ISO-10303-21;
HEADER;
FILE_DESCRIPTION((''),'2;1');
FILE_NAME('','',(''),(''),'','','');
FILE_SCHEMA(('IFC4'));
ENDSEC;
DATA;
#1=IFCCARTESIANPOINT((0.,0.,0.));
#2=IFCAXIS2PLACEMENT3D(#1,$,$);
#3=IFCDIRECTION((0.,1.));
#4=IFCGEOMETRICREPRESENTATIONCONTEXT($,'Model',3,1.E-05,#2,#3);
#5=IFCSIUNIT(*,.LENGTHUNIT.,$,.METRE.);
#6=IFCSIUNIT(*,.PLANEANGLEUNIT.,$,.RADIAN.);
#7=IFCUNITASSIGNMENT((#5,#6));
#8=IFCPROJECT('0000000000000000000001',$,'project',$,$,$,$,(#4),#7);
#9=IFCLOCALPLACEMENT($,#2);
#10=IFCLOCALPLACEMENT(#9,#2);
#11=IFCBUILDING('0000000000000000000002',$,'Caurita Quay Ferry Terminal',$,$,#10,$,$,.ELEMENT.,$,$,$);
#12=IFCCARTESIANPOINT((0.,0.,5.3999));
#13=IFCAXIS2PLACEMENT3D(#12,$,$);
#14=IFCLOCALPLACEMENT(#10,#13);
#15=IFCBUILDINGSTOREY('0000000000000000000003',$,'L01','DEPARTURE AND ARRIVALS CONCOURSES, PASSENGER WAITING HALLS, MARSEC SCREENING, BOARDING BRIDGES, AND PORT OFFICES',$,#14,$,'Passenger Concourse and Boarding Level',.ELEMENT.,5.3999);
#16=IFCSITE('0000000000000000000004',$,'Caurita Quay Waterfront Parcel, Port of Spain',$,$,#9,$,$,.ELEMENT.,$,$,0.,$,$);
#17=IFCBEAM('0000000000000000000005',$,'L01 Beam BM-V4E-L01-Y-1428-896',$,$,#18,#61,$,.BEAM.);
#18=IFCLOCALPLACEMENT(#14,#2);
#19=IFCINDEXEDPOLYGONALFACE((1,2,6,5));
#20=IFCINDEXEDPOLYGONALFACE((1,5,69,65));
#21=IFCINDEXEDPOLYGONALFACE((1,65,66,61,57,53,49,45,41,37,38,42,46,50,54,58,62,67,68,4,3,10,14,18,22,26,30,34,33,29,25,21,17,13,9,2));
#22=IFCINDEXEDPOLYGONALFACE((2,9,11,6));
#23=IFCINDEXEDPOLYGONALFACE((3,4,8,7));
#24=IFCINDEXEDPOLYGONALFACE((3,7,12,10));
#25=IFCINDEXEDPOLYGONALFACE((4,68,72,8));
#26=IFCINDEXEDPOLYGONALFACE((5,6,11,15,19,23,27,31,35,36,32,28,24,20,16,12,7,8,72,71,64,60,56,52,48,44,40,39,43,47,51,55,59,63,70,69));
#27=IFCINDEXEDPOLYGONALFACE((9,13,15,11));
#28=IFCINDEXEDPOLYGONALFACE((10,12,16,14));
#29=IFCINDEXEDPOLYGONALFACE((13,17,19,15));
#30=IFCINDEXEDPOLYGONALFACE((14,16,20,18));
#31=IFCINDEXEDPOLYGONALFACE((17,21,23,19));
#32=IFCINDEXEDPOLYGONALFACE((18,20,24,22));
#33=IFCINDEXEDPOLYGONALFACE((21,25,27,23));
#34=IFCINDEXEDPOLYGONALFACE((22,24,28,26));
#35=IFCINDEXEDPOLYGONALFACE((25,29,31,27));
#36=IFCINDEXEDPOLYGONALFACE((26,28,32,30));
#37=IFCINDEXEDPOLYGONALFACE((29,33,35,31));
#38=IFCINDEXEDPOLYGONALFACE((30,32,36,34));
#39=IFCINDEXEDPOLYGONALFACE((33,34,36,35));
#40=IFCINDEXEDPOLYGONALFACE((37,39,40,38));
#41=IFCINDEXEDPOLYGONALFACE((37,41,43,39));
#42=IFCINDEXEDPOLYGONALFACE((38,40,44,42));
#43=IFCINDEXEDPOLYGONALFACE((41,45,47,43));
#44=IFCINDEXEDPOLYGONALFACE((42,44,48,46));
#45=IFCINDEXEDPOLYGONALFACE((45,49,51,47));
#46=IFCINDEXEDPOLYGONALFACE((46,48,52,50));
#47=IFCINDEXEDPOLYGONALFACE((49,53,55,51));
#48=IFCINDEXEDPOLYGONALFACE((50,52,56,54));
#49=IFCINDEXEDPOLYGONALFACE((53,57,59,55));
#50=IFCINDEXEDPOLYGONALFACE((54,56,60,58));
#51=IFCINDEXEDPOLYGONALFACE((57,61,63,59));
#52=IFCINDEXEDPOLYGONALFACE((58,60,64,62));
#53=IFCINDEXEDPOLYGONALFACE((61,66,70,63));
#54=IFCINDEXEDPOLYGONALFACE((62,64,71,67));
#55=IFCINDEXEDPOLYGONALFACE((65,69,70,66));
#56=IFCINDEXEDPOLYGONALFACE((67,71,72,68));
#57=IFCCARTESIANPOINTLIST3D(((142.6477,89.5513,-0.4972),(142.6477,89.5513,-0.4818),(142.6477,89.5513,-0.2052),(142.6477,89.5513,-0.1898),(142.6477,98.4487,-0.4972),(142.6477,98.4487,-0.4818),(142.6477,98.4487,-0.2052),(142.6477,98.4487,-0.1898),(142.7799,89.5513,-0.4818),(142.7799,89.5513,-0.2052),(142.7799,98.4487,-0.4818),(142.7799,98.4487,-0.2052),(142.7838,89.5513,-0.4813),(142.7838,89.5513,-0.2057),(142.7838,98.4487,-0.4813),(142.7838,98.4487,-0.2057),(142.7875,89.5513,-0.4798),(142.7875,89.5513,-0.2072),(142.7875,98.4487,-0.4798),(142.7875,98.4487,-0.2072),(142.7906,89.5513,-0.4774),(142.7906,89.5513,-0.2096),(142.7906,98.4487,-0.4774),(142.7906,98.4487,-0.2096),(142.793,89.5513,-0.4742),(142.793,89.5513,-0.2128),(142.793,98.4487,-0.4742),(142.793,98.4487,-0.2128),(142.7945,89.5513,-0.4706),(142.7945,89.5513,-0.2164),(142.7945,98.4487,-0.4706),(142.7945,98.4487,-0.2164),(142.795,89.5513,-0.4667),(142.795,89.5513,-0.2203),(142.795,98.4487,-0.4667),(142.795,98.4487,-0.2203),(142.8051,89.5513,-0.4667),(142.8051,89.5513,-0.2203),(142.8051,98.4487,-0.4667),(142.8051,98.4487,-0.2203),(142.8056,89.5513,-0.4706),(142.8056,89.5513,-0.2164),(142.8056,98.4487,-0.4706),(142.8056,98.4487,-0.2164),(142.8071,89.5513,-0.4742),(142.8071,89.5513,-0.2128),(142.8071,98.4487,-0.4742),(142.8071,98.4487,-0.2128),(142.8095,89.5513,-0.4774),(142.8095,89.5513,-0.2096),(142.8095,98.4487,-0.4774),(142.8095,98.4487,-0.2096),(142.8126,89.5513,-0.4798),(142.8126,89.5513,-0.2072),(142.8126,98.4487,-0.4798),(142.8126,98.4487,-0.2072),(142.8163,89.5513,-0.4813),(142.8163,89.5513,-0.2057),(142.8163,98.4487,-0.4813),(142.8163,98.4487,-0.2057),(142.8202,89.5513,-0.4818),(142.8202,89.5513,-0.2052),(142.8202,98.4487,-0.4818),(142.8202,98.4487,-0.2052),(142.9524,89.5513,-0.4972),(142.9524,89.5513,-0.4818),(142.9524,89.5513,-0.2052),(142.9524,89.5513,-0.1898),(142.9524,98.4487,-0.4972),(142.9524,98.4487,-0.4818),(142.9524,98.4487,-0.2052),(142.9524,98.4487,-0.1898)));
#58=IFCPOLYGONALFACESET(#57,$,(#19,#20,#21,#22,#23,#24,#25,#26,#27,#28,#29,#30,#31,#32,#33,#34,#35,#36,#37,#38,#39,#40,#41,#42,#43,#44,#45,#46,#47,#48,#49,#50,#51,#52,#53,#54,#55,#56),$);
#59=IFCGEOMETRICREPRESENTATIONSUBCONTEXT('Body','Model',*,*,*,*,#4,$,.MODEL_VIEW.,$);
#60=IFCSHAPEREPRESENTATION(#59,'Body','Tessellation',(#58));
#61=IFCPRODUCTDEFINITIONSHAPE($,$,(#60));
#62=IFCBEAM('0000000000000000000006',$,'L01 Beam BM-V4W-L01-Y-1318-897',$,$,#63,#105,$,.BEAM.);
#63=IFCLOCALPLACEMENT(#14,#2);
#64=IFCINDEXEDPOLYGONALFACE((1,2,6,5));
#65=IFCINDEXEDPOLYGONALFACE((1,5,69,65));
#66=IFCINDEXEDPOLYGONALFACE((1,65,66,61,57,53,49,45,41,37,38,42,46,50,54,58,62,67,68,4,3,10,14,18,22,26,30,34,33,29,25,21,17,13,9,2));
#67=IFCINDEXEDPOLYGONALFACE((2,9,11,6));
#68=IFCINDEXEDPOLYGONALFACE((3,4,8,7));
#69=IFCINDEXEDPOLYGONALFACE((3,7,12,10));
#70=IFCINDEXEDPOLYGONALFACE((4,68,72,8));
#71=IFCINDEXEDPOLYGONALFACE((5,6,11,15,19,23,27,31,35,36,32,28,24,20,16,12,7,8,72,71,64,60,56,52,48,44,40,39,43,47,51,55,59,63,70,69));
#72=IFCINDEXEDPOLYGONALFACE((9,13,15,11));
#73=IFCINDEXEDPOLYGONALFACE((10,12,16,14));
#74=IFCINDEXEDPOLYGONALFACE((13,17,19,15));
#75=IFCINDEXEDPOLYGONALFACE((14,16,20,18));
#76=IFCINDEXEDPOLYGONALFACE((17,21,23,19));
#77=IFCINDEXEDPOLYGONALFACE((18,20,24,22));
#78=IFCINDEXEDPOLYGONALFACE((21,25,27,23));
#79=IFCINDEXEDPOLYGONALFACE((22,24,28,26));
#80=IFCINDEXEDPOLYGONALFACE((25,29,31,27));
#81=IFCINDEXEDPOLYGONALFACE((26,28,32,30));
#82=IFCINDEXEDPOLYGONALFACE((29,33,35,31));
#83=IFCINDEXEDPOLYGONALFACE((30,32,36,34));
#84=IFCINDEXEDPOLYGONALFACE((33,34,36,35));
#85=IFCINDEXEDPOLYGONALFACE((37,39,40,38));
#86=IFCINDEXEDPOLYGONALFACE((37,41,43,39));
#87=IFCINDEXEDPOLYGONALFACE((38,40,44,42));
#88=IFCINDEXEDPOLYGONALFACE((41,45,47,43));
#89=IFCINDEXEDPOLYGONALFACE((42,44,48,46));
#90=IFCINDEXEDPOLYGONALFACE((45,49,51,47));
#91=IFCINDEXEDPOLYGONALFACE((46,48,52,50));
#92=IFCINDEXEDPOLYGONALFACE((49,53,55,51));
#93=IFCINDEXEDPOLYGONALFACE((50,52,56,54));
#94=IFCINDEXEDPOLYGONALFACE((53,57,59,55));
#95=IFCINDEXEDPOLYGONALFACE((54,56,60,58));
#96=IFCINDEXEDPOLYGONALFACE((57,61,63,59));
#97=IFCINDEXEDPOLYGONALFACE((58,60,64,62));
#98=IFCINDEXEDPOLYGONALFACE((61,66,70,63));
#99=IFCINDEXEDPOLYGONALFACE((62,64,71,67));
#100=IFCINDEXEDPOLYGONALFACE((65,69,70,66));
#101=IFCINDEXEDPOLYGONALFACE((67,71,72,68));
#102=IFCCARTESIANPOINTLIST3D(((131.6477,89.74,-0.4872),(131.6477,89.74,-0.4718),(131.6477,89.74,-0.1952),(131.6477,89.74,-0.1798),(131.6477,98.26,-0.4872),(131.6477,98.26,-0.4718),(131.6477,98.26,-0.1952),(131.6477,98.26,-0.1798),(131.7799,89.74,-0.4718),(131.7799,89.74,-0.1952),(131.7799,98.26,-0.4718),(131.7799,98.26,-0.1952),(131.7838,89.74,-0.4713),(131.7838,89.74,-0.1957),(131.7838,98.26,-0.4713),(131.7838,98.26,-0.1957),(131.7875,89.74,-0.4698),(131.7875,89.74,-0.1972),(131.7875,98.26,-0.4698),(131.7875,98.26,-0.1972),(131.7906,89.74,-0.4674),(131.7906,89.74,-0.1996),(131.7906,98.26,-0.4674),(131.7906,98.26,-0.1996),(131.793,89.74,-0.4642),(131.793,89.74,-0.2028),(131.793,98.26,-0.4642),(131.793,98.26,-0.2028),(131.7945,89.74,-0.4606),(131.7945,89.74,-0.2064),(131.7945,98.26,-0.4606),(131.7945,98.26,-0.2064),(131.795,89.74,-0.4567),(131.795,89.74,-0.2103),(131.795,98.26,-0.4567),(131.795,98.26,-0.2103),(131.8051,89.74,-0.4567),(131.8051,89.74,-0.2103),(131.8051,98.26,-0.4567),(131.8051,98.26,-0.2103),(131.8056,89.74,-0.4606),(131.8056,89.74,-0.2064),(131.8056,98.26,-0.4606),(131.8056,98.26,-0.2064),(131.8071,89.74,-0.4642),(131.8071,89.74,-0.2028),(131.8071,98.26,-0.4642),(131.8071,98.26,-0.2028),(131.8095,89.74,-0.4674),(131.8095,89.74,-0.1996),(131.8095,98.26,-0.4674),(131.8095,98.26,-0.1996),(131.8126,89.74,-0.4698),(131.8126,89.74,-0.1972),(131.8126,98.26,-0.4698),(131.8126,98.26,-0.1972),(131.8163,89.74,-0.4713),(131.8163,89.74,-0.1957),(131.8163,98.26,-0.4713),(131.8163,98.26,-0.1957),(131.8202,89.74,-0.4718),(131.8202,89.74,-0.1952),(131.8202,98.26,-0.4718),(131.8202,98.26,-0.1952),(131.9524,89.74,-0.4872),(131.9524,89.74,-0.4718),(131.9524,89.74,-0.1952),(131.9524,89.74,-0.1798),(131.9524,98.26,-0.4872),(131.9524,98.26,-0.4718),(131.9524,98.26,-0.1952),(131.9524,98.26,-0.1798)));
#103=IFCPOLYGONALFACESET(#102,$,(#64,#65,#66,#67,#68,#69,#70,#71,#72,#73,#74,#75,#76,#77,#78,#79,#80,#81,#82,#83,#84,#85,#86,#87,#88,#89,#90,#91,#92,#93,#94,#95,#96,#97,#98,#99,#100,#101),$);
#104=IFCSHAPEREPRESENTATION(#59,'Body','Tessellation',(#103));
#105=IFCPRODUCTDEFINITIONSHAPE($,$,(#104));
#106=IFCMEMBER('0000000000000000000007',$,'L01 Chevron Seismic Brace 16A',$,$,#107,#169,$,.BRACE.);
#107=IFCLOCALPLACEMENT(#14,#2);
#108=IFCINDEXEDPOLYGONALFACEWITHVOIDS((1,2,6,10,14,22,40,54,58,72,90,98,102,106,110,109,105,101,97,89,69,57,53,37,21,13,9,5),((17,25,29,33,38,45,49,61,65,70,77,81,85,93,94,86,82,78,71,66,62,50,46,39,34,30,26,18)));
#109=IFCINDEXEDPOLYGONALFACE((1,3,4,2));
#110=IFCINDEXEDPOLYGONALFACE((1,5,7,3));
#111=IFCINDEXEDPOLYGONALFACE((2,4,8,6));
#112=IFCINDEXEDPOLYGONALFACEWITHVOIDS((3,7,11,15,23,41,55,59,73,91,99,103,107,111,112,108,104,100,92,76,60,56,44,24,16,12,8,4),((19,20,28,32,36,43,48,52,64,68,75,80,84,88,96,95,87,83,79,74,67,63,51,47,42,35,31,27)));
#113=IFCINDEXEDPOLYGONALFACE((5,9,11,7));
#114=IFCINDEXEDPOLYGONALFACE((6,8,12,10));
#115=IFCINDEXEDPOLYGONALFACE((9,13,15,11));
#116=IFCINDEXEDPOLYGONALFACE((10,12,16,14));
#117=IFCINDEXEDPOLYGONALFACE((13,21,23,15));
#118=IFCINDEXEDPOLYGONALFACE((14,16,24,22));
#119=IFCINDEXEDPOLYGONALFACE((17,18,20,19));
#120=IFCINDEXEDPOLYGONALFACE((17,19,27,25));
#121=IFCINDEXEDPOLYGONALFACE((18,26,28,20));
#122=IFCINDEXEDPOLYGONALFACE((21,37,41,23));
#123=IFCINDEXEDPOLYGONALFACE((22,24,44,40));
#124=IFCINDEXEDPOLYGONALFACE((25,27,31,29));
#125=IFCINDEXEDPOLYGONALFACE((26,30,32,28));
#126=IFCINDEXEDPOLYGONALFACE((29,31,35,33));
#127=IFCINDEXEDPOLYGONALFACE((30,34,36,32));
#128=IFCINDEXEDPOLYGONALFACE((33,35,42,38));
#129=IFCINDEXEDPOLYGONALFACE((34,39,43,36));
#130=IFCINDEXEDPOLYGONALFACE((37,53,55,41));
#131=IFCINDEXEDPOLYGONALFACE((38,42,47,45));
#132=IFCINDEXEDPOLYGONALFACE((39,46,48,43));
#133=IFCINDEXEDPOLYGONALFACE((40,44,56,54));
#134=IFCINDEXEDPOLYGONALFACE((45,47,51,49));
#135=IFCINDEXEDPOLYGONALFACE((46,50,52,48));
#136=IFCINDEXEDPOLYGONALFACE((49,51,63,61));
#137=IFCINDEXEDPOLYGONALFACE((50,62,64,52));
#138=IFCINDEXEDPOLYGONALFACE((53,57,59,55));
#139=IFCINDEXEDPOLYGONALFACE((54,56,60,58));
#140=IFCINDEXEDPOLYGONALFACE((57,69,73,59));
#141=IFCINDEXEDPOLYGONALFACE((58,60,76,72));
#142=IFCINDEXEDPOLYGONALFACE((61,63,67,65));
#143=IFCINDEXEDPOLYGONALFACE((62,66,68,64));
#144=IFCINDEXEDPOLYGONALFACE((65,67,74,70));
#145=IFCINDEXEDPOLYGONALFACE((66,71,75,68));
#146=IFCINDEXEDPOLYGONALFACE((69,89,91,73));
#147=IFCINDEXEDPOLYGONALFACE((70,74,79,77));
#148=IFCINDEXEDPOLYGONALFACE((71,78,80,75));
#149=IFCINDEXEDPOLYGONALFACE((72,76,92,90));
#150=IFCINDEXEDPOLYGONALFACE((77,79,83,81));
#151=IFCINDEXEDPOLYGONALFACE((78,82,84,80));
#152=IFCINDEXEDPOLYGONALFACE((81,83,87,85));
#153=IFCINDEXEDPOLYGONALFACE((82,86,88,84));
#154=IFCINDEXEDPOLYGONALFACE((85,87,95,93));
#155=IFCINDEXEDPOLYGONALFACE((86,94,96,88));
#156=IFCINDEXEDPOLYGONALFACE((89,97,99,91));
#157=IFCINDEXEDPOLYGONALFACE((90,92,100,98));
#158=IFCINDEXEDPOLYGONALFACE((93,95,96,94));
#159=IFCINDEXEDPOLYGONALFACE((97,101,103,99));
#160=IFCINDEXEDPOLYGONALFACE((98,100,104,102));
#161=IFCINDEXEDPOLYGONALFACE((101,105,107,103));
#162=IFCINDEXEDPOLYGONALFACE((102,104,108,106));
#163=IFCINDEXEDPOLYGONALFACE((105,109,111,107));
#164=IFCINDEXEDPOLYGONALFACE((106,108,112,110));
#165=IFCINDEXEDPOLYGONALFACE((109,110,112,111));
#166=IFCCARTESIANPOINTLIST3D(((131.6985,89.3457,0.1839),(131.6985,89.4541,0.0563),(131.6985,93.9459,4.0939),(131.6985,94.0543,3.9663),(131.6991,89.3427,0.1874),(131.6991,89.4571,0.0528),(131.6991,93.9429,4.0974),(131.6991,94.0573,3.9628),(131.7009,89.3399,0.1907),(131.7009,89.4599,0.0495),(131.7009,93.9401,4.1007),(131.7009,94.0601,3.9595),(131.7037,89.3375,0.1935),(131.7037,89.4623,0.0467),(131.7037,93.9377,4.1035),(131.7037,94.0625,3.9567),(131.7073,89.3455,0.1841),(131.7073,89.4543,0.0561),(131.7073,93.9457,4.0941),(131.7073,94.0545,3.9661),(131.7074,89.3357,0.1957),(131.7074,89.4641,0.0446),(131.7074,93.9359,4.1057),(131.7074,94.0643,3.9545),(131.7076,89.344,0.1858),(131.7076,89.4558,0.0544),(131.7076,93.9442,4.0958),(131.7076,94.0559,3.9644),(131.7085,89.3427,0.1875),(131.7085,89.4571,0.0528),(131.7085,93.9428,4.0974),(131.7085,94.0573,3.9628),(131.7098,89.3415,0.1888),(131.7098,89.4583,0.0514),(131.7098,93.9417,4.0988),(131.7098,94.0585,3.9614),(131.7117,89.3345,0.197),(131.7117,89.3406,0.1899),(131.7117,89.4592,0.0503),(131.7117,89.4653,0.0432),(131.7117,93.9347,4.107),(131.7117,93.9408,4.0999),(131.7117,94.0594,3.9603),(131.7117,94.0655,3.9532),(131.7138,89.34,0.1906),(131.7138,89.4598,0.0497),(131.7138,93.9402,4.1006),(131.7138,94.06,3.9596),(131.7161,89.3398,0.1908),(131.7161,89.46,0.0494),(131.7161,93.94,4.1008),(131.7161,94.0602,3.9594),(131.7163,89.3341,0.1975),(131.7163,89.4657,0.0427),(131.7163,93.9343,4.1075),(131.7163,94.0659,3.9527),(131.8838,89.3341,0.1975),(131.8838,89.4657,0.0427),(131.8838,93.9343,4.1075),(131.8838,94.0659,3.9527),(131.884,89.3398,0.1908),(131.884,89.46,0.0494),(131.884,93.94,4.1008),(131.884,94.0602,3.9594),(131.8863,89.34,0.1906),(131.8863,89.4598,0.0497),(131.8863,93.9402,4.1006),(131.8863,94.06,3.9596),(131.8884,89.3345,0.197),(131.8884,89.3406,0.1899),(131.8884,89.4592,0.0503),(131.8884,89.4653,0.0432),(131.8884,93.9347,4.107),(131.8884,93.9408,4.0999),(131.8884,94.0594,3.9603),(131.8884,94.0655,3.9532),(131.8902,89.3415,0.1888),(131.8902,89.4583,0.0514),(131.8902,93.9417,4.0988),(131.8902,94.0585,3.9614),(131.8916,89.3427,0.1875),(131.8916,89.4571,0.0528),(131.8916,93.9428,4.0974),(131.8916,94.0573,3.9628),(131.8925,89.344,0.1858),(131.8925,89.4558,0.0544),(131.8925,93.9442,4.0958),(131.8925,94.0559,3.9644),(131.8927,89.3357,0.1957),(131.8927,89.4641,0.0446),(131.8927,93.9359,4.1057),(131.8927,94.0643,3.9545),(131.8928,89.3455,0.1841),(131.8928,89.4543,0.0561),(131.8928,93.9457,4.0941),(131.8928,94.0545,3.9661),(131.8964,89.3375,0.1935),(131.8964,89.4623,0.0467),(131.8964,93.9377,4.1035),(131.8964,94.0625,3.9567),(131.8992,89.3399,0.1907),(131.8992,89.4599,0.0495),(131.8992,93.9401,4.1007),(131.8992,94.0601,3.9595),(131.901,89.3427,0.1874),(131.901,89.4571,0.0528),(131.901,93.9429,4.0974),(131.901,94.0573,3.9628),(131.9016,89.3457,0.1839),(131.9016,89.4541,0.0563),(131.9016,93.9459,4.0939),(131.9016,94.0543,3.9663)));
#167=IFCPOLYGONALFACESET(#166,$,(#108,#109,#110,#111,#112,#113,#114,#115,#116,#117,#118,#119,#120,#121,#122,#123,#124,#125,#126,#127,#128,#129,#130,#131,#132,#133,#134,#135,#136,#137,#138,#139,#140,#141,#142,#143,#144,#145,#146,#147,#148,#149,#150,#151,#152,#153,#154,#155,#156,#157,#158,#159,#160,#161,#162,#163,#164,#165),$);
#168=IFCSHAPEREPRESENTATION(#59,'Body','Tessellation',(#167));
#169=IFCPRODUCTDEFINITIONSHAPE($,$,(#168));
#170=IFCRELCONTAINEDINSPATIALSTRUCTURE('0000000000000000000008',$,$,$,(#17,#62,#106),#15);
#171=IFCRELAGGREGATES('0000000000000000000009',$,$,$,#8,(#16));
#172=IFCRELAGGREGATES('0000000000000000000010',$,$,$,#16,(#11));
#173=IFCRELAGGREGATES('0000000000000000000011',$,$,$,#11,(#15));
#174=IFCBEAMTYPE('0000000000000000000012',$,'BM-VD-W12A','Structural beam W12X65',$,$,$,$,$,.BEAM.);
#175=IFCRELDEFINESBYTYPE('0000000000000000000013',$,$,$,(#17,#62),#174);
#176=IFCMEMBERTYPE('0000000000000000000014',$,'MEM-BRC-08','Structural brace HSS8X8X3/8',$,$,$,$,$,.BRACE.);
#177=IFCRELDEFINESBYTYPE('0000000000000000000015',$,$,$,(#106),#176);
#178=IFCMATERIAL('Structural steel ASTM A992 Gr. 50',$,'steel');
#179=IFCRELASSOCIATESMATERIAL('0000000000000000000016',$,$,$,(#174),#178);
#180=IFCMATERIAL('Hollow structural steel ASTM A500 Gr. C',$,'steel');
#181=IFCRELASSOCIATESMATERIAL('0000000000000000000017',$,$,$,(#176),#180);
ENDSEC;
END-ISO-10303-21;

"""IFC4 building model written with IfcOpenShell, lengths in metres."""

from ifc_helpers import new_model, si_unit, direction, frame, origin, origin_2d, place, context, subcontext, project, spatial, hollow_rectangle, i_section, extrude, material, material_profile, profile_set, type_object, element, save


model = new_model("IFC4")

# Units and contexts
model_context = context("Model", 3, precision=1e-05, world=origin(), true_north=direction((0.0, 1.0)))
body_context = subcontext(model_context, "Body", "Model", "MODEL_VIEW")
ifc_project = project(units=[si_unit("LENGTHUNIT", "METRE"), si_unit("PLANEANGLEUNIT", "RADIAN")], contexts=[model_context])

# Site, building, storey
site_placement = place(None, origin())
site = spatial("IfcSite", under=ifc_project, at=site_placement, Name="Caurita Quay Waterfront Parcel, Port of Spain", CompositionType="ELEMENT", RefElevation=0.0)
building_placement = place(site_placement, origin())
building = spatial("IfcBuilding", under=site, at=building_placement, Name="Caurita Quay Ferry Terminal", CompositionType="ELEMENT")
storey_placement = place(building_placement, frame((0.0, 0.0, 5.3999)))
storey = spatial("IfcBuildingStorey", under=building, at=storey_placement, Name="L01", Description="DEPARTURE AND ARRIVALS CONCOURSES, PASSENGER WAITING HALLS, MARSEC SCREENING, BOARDING BRIDGES, AND PORT OFFICES", LongName="Passenger Concourse and Boarding Level", CompositionType="ELEMENT", Elevation=5.3999)

# Beams
ifc_material_1 = material(Name="Structural steel ASTM A992 Gr. 50", Category="steel")
ifc_material_profile_1 = material_profile(ifc_material_1, i_section(OverallWidth=0.3047, OverallDepth=0.3074, WebThickness=0.01, FlangeThickness=0.0154, FilletRadius=0.0151, at=origin_2d()), Name="W12X65")
ifc_profile_set_1 = profile_set([ifc_material_profile_1], Name="Structural steel ASTM A992 Gr. 50")
beam_type_1 = type_object("IfcBeamType", Name="BM-VD-W12A", Description="Structural beam W12X65", PredefinedType="BEAM", material=ifc_profile_set_1)
for number, where, z_axis, x_axis, name in (
    (1, (142.8, 89.5513, -0.3435), (0.0, 1.0, 0.0), (-1.0, 0.0, 0.0), "L01 Beam BM-V4E-L01-Y-1428-896"),
):
    element("IfcBeam", number, at=place(storey_placement, frame(where, z_axis=z_axis, x_axis=x_axis)), inside=storey, type_object=beam_type_1, Name=name, PredefinedType="BEAM", context=body_context, shape_type="SweptSolid", body=[
        extrude(i_section(OverallWidth=0.3047, OverallDepth=0.3074, WebThickness=0.01, FlangeThickness=0.0154, FilletRadius=0.0151, at=origin_2d()), origin(), (0.0, 0.0, 1.0), 8.8975),
    ])
beam_1_placement = place(storey_placement, frame((131.8, 89.74, -0.3335), z_axis=(0.0, 1.0, 0.0), x_axis=(-1.0, 0.0, 0.0)))
element("IfcBeam", 2, at=beam_1_placement, inside=storey, type_object=beam_type_1, Name="L01 Beam BM-V4W-L01-Y-1318-897", PredefinedType="BEAM", context=body_context, shape_type="SweptSolid", body=[
    extrude(i_section(OverallWidth=0.3047, OverallDepth=0.3074, WebThickness=0.01, FlangeThickness=0.0154, FilletRadius=0.0151, at=origin_2d()), origin(), (0.0, 0.0, 1.0), 8.52),
])

# Member
ifc_material_2 = material(Name="Hollow structural steel ASTM A500 Gr. C", Category="steel")
ifc_material_profile_2 = material_profile(ifc_material_2, hollow_rectangle(XDim=0.2031, YDim=0.2031, WallThickness=0.0088, InnerFilletRadius=0.0088, OuterFilletRadius=0.0178, at=origin_2d()), Name="HSS8X8X3/8")
ifc_profile_set_2 = profile_set([ifc_material_profile_2], Name="Hollow structural steel ASTM A500 Gr. C")
member_type = type_object("IfcMemberType", Name="MEM-BRC-08", Description="Structural brace HSS8X8X3/8", PredefinedType="BRACE", material=ifc_profile_set_2)
for number, where, z_axis, x_axis, name in (
    (3, (131.8, 89.3999, 0.1201), (0.0, 0.761953, 0.647632), (-1.0, 0.0, 0.0), "L01 Chevron Seismic Brace 16A"),
):
    element("IfcMember", number, at=place(storey_placement, frame(where, z_axis=z_axis, x_axis=x_axis)), inside=storey, type_object=member_type, Name=name, PredefinedType="BRACE", context=body_context, shape_type="SweptSolid", body=[
        extrude(hollow_rectangle(XDim=0.2031, YDim=0.2031, WallThickness=0.0088, InnerFilletRadius=0.0088, OuterFilletRadius=0.0178, at=origin_2d()), origin(), (0.0, 0.0, 1.0), 6.0374),
    ])

save(model, "model.ifc")
